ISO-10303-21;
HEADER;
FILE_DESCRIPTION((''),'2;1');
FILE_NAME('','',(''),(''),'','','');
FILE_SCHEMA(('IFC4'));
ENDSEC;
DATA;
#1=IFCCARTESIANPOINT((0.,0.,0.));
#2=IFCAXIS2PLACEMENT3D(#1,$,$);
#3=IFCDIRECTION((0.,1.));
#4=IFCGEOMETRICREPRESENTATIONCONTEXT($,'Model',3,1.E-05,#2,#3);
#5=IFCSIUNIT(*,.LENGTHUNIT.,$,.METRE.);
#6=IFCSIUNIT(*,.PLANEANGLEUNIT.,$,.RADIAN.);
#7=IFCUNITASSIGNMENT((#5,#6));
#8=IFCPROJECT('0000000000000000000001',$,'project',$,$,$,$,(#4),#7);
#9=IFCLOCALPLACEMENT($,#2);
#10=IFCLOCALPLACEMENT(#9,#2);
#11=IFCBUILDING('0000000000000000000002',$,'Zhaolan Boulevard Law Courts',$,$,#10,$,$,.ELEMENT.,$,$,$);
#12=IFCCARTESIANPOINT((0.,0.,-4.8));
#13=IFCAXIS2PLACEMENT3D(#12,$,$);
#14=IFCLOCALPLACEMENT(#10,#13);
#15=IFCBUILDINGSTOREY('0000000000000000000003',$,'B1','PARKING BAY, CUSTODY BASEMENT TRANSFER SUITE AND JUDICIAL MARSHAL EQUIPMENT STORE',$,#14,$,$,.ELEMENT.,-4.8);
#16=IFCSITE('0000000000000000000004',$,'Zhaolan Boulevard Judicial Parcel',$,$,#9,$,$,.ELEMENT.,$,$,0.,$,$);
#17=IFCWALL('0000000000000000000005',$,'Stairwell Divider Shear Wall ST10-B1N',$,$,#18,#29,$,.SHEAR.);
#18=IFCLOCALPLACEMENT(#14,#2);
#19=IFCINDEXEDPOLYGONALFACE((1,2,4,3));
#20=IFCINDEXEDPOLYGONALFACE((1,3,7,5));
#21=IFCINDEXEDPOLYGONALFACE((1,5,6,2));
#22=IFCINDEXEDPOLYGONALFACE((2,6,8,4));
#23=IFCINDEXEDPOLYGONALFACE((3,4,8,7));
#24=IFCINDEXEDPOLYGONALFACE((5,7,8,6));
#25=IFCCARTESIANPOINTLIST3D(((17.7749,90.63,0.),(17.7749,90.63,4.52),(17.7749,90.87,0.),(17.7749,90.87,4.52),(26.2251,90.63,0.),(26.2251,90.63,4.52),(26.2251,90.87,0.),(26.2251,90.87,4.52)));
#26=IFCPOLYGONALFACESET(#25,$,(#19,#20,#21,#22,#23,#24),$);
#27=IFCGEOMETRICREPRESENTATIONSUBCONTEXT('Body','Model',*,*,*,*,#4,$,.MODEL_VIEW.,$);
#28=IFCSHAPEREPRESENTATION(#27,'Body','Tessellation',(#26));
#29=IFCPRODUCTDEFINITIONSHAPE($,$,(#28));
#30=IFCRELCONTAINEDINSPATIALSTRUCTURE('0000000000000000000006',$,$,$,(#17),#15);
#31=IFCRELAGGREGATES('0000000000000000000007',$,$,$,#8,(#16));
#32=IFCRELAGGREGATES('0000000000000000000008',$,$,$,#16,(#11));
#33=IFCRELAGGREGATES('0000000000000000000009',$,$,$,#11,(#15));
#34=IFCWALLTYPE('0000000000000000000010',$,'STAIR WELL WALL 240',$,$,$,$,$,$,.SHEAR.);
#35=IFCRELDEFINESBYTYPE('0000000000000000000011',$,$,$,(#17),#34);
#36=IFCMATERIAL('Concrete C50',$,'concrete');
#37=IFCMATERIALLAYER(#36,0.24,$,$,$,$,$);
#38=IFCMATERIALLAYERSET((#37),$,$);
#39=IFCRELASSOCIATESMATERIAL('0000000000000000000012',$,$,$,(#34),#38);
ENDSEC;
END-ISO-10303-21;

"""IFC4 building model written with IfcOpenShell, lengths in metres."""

from ifc_helpers import new_model, si_unit, direction, frame, frame_2d, origin, place, context, subcontext, project, spatial, rectangle, extrude, material, layer, layer_set, type_object, element, save


model = new_model("IFC4")

# Units and contexts
model_context = context("Model", 3, precision=1e-05, world=origin(), true_north=direction((0.0, 1.0)))
body_context = subcontext(model_context, "Body", "Model", "MODEL_VIEW")
ifc_project = project(units=[si_unit("LENGTHUNIT", "METRE"), si_unit("PLANEANGLEUNIT", "RADIAN")], contexts=[model_context])

# Site, building, storey
site_placement = place(None, origin())
site = spatial("IfcSite", under=ifc_project, at=site_placement, Name="Zhaolan Boulevard Judicial Parcel", CompositionType="ELEMENT", RefElevation=0.0)
building_placement = place(site_placement, origin())
building = spatial("IfcBuilding", under=site, at=building_placement, Name="Zhaolan Boulevard Law Courts", CompositionType="ELEMENT")
storey_placement = place(building_placement, frame((0.0, 0.0, -4.8)))
storey = spatial("IfcBuildingStorey", under=building, at=storey_placement, Name="B1", Description="PARKING BAY, CUSTODY BASEMENT TRANSFER SUITE AND JUDICIAL MARSHAL EQUIPMENT STORE", CompositionType="ELEMENT", Elevation=-4.8)

# Wall
ifc_material_1 = material(Name="Concrete C50", Category="concrete")
ifc_layer_1 = layer(ifc_material_1, 0.24)
ifc_layer_set_1 = layer_set([ifc_layer_1])
wall_type_1 = type_object("IfcWallType", Name="STAIR WELL WALL 240", PredefinedType="SHEAR", material=ifc_layer_set_1)
wall_1_placement = place(storey_placement, frame((17.7749, 90.75, 0.0), z_axis=(0.0, 0.0, 1.0), x_axis=(1.0, 0.0, 0.0)))
element("IfcWall", 1, at=wall_1_placement, inside=storey, type_object=wall_type_1, Name="Stairwell Divider Shear Wall ST10-B1N", PredefinedType="SHEAR", context=body_context, shape_type="SweptSolid", body=[
    extrude(rectangle(XDim=8.4502, YDim=0.24, at=frame_2d((4.2251, 0.0))), origin(), (0.0, 0.0, 1.0), 4.52),
])

save(model, "model.ifc")
